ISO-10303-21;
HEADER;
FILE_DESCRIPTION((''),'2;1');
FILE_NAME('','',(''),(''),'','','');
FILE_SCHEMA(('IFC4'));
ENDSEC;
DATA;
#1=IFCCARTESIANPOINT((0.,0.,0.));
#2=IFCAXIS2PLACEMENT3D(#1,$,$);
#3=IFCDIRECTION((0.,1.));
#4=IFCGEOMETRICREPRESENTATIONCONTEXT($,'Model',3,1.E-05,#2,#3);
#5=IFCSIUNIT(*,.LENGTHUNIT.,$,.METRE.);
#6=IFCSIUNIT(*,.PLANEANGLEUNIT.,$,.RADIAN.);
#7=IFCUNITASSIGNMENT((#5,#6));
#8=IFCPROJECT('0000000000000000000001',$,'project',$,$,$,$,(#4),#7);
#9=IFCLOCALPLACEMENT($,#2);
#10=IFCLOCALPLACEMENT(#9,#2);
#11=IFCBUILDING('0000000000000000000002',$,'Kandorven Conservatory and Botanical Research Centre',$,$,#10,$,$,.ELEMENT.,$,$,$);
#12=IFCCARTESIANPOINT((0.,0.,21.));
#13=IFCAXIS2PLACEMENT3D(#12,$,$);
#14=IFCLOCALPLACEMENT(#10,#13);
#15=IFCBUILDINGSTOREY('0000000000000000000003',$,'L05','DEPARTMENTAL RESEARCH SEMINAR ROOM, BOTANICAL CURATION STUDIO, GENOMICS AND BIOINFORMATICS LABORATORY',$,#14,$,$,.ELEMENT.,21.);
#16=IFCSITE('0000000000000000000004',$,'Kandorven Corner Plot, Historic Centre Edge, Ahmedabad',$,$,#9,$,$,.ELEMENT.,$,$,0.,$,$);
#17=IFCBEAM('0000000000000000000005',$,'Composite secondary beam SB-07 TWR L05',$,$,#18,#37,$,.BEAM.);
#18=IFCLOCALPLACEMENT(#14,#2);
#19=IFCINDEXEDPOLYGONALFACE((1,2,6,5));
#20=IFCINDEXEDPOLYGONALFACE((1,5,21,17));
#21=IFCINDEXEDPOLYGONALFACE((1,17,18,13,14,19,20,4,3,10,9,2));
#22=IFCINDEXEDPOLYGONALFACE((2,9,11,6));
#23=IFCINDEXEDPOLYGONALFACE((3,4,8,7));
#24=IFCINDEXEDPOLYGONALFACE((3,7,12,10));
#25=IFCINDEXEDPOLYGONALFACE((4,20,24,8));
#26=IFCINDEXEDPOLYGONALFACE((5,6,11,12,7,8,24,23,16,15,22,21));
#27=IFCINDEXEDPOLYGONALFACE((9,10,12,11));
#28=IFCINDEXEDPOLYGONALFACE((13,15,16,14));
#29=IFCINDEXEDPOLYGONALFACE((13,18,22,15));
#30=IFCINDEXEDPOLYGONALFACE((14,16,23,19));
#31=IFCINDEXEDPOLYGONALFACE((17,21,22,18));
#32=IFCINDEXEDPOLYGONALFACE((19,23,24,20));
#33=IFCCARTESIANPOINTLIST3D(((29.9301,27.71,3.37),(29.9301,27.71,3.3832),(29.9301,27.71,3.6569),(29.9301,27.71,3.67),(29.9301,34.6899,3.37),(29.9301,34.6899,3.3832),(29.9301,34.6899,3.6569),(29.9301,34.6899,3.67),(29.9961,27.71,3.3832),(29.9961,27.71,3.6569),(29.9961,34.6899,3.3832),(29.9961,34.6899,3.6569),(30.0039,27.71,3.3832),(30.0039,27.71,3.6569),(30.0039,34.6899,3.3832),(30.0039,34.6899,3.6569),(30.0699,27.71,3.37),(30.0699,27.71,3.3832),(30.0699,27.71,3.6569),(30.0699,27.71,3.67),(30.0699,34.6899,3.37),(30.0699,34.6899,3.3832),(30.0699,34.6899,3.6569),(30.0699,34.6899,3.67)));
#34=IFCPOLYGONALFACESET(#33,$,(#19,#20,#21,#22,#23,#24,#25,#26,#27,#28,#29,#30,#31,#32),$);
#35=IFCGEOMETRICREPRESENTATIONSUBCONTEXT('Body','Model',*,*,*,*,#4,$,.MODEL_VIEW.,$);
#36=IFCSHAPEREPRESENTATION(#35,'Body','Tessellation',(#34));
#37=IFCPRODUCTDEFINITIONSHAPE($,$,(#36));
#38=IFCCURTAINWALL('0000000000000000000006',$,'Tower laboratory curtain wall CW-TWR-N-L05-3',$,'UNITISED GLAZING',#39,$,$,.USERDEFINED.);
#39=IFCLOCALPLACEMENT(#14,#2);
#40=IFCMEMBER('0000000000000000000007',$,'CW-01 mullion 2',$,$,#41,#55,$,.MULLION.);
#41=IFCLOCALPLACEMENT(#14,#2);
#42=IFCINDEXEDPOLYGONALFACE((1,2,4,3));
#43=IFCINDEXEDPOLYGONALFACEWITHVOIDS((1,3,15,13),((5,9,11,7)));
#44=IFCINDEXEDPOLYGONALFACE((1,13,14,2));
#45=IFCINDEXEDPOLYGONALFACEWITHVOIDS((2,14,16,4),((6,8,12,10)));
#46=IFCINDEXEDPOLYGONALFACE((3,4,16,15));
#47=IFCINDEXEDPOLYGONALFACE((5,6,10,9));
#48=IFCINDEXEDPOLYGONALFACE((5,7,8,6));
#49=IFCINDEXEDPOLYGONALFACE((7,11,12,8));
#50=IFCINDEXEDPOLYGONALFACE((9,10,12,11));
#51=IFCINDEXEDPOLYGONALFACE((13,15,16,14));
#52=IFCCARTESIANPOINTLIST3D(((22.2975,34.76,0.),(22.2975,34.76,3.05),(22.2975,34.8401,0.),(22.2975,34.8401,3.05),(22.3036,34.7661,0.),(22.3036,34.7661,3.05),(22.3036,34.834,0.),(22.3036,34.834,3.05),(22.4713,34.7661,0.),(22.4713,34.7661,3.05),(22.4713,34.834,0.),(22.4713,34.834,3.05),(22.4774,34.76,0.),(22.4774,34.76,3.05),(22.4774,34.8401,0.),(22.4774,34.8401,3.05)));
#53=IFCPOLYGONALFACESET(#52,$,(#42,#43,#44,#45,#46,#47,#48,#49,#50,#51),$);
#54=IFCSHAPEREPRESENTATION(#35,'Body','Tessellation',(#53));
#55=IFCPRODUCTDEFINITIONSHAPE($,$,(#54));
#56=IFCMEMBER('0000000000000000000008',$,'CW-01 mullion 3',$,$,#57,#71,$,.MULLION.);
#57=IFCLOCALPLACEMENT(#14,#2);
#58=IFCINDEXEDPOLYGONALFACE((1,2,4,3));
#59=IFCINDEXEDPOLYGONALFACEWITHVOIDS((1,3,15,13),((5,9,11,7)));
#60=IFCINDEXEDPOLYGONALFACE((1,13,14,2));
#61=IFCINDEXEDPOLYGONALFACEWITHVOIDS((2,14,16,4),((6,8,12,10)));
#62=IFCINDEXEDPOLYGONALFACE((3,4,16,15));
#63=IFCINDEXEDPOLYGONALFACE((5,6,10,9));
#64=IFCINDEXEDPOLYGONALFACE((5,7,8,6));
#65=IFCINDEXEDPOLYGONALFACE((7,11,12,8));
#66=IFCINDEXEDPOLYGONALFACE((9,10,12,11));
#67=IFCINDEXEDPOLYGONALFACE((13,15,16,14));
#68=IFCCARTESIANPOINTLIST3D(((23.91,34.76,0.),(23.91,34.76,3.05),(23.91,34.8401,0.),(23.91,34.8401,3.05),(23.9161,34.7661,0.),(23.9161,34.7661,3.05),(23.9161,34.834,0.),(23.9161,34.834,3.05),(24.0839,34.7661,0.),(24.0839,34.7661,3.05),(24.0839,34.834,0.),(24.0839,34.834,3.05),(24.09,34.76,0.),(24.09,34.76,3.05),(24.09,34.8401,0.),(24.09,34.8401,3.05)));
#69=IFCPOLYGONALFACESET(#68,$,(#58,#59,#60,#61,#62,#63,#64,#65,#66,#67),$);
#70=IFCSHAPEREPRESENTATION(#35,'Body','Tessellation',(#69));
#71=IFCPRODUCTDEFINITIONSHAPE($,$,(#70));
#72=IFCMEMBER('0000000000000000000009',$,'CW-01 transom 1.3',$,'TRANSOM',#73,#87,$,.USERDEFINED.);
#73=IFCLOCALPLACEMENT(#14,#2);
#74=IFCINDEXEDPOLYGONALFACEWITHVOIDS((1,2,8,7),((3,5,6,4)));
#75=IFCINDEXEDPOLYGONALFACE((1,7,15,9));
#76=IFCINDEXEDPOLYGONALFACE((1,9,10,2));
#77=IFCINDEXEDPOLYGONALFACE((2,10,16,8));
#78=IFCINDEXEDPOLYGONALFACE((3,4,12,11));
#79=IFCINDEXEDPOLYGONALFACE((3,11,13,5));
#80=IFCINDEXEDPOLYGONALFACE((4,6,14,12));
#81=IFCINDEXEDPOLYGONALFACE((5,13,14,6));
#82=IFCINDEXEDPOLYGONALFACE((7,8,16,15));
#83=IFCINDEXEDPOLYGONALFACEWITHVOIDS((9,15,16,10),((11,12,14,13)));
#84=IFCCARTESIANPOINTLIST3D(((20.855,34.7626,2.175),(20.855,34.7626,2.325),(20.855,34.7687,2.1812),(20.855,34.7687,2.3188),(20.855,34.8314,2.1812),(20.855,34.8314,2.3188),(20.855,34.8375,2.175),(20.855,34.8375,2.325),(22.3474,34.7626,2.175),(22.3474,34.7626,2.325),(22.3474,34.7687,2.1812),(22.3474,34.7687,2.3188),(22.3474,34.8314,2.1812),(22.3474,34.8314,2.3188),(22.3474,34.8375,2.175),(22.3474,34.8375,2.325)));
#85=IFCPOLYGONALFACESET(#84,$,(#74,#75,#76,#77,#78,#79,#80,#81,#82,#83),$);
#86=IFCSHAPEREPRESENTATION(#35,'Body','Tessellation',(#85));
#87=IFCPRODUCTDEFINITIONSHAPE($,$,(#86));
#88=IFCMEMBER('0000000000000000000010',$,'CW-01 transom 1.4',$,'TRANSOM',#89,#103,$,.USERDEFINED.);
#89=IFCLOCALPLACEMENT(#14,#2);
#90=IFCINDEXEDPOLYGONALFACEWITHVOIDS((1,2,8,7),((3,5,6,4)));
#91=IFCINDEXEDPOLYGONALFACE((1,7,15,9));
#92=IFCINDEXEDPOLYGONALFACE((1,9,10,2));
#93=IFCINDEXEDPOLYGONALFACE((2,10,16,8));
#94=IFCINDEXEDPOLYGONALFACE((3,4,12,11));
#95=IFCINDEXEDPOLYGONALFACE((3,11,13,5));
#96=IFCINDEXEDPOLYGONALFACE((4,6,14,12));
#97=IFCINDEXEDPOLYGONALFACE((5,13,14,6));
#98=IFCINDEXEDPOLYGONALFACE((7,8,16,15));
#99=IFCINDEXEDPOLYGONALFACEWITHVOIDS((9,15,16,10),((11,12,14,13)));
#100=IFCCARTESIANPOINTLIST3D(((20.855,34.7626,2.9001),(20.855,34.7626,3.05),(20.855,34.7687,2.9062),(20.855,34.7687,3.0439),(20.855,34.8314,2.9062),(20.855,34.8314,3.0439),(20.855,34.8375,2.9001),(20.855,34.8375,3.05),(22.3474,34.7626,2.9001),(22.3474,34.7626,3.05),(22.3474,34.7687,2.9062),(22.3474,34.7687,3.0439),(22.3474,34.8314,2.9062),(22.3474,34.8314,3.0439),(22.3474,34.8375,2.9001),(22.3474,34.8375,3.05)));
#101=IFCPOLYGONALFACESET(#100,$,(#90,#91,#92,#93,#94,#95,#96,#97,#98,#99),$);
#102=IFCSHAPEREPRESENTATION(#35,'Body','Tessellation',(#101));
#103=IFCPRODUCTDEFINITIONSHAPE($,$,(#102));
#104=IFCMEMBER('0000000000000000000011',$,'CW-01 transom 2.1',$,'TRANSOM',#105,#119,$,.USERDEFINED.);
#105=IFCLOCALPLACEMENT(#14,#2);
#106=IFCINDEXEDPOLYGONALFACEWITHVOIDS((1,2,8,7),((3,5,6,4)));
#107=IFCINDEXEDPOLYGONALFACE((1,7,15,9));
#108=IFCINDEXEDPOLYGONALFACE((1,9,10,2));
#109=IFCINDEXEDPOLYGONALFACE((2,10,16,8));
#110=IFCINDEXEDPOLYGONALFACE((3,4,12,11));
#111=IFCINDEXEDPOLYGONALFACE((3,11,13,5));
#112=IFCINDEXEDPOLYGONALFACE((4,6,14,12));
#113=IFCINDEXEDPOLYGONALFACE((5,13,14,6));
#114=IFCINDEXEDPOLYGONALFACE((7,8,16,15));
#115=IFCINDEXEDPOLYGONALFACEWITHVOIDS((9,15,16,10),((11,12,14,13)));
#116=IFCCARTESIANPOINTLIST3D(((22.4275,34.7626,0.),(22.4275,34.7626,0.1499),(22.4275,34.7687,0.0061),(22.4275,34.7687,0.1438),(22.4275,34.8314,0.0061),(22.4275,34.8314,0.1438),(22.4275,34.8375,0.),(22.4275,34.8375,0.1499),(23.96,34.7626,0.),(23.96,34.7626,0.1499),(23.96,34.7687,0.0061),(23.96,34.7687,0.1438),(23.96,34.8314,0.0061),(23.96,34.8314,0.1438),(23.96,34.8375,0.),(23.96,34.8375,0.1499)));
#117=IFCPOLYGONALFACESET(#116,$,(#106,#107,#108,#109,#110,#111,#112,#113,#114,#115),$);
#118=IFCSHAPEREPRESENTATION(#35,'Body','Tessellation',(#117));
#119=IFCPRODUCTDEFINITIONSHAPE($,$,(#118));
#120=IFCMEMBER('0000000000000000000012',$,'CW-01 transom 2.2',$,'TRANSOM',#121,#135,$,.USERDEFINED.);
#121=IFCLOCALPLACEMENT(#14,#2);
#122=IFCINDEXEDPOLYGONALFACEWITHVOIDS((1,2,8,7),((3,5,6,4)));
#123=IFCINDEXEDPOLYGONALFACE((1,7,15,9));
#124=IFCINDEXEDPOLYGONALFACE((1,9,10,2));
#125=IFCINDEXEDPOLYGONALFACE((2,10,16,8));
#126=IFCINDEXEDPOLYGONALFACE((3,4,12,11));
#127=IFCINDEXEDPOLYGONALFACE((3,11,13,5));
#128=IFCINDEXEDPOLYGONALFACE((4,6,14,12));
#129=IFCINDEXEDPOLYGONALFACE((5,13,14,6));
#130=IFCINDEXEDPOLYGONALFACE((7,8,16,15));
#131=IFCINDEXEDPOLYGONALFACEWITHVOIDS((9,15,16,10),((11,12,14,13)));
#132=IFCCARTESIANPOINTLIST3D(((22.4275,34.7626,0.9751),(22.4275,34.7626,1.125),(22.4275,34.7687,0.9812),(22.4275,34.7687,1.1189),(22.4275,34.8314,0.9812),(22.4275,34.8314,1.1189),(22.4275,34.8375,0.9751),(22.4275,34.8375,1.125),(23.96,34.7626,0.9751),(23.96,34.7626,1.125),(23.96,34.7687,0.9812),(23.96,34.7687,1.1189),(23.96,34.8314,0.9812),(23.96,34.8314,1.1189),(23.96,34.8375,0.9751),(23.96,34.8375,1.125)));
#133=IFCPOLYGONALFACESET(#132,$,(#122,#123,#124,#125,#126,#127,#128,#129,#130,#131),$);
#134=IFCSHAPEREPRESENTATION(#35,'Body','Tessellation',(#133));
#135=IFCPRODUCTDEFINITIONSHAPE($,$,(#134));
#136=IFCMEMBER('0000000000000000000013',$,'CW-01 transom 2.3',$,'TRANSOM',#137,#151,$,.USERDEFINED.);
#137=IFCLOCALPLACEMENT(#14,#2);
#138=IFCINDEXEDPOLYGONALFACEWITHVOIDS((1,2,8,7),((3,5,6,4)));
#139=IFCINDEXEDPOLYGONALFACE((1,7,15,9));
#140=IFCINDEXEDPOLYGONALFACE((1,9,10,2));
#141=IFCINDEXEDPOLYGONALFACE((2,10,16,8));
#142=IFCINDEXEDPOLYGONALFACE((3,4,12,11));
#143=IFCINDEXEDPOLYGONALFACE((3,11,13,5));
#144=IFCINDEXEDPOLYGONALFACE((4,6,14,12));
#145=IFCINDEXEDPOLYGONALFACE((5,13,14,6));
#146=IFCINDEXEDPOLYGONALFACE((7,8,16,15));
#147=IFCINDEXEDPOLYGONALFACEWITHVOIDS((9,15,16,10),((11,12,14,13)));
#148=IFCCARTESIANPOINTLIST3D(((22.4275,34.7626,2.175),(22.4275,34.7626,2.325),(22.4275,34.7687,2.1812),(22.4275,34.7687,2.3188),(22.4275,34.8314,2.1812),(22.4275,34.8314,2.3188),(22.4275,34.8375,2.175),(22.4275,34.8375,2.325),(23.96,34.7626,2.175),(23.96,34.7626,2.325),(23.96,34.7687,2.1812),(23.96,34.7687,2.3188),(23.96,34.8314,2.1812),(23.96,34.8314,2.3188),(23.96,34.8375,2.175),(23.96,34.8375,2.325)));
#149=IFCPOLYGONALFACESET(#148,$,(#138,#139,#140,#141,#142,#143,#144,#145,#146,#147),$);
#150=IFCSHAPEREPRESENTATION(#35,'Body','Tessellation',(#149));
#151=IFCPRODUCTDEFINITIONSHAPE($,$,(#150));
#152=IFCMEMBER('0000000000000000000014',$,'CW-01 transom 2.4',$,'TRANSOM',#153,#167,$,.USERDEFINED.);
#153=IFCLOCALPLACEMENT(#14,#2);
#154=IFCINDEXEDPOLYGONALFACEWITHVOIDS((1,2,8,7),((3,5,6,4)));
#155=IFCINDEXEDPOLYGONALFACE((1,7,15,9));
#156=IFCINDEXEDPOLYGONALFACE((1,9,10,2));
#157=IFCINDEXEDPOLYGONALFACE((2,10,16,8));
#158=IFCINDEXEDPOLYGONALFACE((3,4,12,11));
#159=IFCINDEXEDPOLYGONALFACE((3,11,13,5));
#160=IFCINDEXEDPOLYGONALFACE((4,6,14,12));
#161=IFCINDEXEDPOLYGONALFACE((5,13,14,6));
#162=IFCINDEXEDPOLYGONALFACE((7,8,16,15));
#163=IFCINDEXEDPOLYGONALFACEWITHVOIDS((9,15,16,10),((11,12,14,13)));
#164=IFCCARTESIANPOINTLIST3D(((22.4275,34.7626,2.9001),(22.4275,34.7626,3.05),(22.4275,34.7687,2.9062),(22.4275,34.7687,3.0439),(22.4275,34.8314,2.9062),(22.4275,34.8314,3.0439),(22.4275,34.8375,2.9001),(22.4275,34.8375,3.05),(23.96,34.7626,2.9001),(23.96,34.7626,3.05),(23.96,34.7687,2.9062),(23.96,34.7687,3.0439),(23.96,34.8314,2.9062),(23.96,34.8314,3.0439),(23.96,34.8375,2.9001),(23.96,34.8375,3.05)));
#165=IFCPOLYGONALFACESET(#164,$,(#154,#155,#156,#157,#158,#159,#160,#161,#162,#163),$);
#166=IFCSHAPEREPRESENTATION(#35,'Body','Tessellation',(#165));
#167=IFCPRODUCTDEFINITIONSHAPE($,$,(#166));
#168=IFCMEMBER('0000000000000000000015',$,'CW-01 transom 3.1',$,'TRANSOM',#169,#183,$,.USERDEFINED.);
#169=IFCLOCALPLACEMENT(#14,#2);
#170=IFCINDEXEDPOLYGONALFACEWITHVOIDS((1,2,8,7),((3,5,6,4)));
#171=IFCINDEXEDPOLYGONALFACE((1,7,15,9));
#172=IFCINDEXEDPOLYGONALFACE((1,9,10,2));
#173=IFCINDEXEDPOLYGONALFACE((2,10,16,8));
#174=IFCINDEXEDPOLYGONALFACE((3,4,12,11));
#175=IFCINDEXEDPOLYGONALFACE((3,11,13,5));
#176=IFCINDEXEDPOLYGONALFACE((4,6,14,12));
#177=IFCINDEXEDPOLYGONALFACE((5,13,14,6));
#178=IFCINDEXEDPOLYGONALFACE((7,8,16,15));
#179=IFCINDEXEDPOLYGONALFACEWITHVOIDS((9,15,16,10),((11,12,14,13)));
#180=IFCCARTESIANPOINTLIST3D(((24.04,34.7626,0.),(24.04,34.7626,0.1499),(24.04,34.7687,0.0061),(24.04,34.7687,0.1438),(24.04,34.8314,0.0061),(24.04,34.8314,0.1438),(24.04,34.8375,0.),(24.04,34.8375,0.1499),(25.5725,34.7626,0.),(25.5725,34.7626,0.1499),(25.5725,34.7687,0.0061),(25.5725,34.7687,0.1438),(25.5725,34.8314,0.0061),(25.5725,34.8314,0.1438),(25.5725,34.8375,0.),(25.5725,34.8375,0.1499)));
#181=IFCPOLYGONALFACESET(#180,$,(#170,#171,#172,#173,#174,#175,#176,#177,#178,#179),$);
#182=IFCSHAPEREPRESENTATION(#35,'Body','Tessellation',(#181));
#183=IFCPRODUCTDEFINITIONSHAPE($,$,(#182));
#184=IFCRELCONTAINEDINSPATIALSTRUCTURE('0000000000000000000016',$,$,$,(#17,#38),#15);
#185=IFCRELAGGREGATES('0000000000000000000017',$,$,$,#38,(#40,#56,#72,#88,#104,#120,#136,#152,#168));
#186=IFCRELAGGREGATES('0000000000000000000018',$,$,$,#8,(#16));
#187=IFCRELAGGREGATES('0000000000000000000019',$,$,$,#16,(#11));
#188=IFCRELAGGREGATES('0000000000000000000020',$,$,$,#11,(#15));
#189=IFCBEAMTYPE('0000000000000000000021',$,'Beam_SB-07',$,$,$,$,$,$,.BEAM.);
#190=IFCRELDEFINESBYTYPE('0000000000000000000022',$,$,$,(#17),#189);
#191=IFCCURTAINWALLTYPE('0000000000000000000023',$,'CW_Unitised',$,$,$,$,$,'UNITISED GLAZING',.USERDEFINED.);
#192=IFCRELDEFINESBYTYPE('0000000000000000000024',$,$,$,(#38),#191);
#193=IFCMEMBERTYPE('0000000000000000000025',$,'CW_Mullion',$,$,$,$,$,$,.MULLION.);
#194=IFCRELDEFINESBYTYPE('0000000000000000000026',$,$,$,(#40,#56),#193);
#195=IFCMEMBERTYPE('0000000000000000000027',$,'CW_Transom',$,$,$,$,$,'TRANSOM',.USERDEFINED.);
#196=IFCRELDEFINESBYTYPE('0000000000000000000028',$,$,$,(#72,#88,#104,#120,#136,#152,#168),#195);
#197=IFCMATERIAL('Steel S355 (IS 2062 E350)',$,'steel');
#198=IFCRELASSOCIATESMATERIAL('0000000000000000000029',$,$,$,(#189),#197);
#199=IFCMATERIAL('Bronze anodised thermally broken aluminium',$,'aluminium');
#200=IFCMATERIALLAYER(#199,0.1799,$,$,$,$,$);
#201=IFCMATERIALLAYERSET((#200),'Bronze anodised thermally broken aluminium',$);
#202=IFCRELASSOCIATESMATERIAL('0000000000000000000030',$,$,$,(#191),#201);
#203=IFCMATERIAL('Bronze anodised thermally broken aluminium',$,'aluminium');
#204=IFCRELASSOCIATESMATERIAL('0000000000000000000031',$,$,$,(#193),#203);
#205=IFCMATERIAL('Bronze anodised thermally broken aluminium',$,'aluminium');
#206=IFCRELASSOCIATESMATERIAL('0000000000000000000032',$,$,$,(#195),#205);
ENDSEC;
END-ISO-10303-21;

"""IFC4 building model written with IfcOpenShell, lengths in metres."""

from ifc_helpers import new_model, si_unit, direction, frame, origin, origin_2d, place, context, subcontext, project, spatial, hollow_rectangle, i_section, extrude, material, layer, layer_set, material_profile, profile_set, type_object, element, aggregate, save


model = new_model("IFC4")

# Units and contexts
model_context = context("Model", 3, precision=1e-05, world=origin(), true_north=direction((0.0, 1.0)))
body_context = subcontext(model_context, "Body", "Model", "MODEL_VIEW")
ifc_project = project(units=[si_unit("LENGTHUNIT", "METRE"), si_unit("PLANEANGLEUNIT", "RADIAN")], contexts=[model_context])

# Site, building, storey
site_placement = place(None, origin())
site = spatial("IfcSite", under=ifc_project, at=site_placement, Name="Kandorven Corner Plot, Historic Centre Edge, Ahmedabad", CompositionType="ELEMENT", RefElevation=0.0)
building_placement = place(site_placement, origin())
building = spatial("IfcBuilding", under=site, at=building_placement, Name="Kandorven Conservatory and Botanical Research Centre", CompositionType="ELEMENT")
storey_placement = place(building_placement, frame((0.0, 0.0, 21.0)))
storey = spatial("IfcBuildingStorey", under=building, at=storey_placement, Name="L05", Description="DEPARTMENTAL RESEARCH SEMINAR ROOM, BOTANICAL CURATION STUDIO, GENOMICS AND BIOINFORMATICS LABORATORY", CompositionType="ELEMENT", Elevation=21.0)

# Beam
ifc_material_1 = material(Name="Steel S355 (IS 2062 E350)", Category="steel")
ifc_material_profile_1 = material_profile(ifc_material_1, i_section(OverallWidth=0.1399, OverallDepth=0.3, WebThickness=0.0078, FlangeThickness=0.0132, at=origin_2d()))
ifc_profile_set_1 = profile_set([ifc_material_profile_1], Name="Steel S355 (IS 2062 E350)")
beam_type_1 = type_object("IfcBeamType", Name="Beam_SB-07", PredefinedType="BEAM", material=ifc_profile_set_1)
for number, where, z_axis, x_axis, name in (
    (1, (30.0, 27.71, 3.52), (0.0, 1.0, 0.0), (-1.0, 0.0, 0.0), "Composite secondary beam SB-07 TWR L05"),
):
    element("IfcBeam", number, at=place(storey_placement, frame(where, z_axis=z_axis, x_axis=x_axis)), inside=storey, type_object=beam_type_1, Name=name, PredefinedType="BEAM", context=body_context, shape_type="SweptSolid", body=[
        extrude(i_section(OverallWidth=0.1399, OverallDepth=0.3, WebThickness=0.0078, FlangeThickness=0.0132, at=origin_2d()), origin(), (0.0, 0.0, 1.0), 6.98),
    ])

# Curtain wall, members
ifc_material_2 = material(Name="Bronze anodised thermally broken aluminium", Category="aluminium")
ifc_layer_1 = layer(ifc_material_2, 0.1799)
ifc_layer_set_1 = layer_set([ifc_layer_1], Name="Bronze anodised thermally broken aluminium")
curtain_wall_type = type_object("IfcCurtainWallType", Name="CW_Unitised", ElementType="UNITISED GLAZING", PredefinedType="USERDEFINED", material=ifc_layer_set_1)
curtain_wall_placement = place(storey_placement, origin())
curtain_wall = element("IfcCurtainWall", 2, at=curtain_wall_placement, inside=storey, type_object=curtain_wall_type, Name="Tower laboratory curtain wall CW-TWR-N-L05-3", ObjectType="UNITISED GLAZING", PredefinedType="USERDEFINED")
ifc_material_3 = material(Name="Bronze anodised thermally broken aluminium", Category="aluminium")
ifc_material_profile_2 = material_profile(ifc_material_3, hollow_rectangle(XDim=0.0801, YDim=0.1799, WallThickness=0.0061, at=origin_2d()))
ifc_profile_set_2 = profile_set([ifc_material_profile_2], Name="Bronze anodised thermally broken aluminium")
member_type_1 = type_object("IfcMemberType", Name="CW_Mullion", PredefinedType="MULLION", material=ifc_profile_set_2)
member_1_placement = place(storey_placement, frame((22.3875, 34.8, 0.0), z_axis=(0.0, 0.0, 1.0), x_axis=(0.0, 1.0, 0.0)))
member_1 = element("IfcMember", 3, at=member_1_placement, type_object=member_type_1, Name="CW-01 mullion 2", PredefinedType="MULLION", context=body_context, shape_type="SweptSolid", body=[
    extrude(hollow_rectangle(XDim=0.0801, YDim=0.1799, WallThickness=0.0061, at=origin_2d()), origin(), (0.0, 0.0, 1.0), 3.05),
])
member_2_placement = place(storey_placement, frame((24.0, 34.8, 0.0), z_axis=(0.0, 0.0, 1.0), x_axis=(0.0, 1.0, 0.0)))
member_2 = element("IfcMember", 4, at=member_2_placement, type_object=member_type_1, Name="CW-01 mullion 3", PredefinedType="MULLION", context=body_context, shape_type="SweptSolid", body=[
    extrude(hollow_rectangle(XDim=0.0801, YDim=0.1799, WallThickness=0.0061, at=origin_2d()), origin(), (0.0, 0.0, 1.0), 3.05),
])
ifc_material_4 = material(Name="Bronze anodised thermally broken aluminium", Category="aluminium")
ifc_material_profile_3 = material_profile(ifc_material_4, hollow_rectangle(XDim=0.075, YDim=0.1499, WallThickness=0.0061, at=origin_2d()))
ifc_profile_set_3 = profile_set([ifc_material_profile_3], Name="Bronze anodised thermally broken aluminium")
member_type_2 = type_object("IfcMemberType", Name="CW_Transom", ElementType="TRANSOM", PredefinedType="USERDEFINED", material=ifc_profile_set_3)
member_3_placement = place(storey_placement, frame((20.855, 34.8, 2.25), z_axis=(1.0, 0.0, 0.0), x_axis=(0.0, 1.0, 0.0)))
member_3 = element("IfcMember", 5, at=member_3_placement, type_object=member_type_2, Name="CW-01 transom 1.3", ObjectType="TRANSOM", PredefinedType="USERDEFINED", context=body_context, shape_type="SweptSolid", body=[
    extrude(hollow_rectangle(XDim=0.075, YDim=0.1499, WallThickness=0.0061, at=origin_2d()), origin(), (0.0, 0.0, 1.0), 1.4924),
])
member_4_placement = place(storey_placement, frame((20.855, 34.8, 2.9751), z_axis=(1.0, 0.0, 0.0), x_axis=(0.0, 1.0, 0.0)))
member_4 = element("IfcMember", 6, at=member_4_placement, type_object=member_type_2, Name="CW-01 transom 1.4", ObjectType="TRANSOM", PredefinedType="USERDEFINED", context=body_context, shape_type="SweptSolid", body=[
    extrude(hollow_rectangle(XDim=0.075, YDim=0.1499, WallThickness=0.0061, at=origin_2d()), origin(), (0.0, 0.0, 1.0), 1.4924),
])
member_5_placement = place(storey_placement, frame((22.4275, 34.8, 0.075), z_axis=(1.0, 0.0, 0.0), x_axis=(0.0, 1.0, 0.0)))
member_5 = element("IfcMember", 7, at=member_5_placement, type_object=member_type_2, Name="CW-01 transom 2.1", ObjectType="TRANSOM", PredefinedType="USERDEFINED", context=body_context, shape_type="SweptSolid", body=[
    extrude(hollow_rectangle(XDim=0.075, YDim=0.1499, WallThickness=0.0061, at=origin_2d()), origin(), (0.0, 0.0, 1.0), 1.5325),
])
member_6_placement = place(storey_placement, frame((22.4275, 34.8, 1.05), z_axis=(1.0, 0.0, 0.0), x_axis=(0.0, 1.0, 0.0)))
member_6 = element("IfcMember", 8, at=member_6_placement, type_object=member_type_2, Name="CW-01 transom 2.2", ObjectType="TRANSOM", PredefinedType="USERDEFINED", context=body_context, shape_type="SweptSolid", body=[
    extrude(hollow_rectangle(XDim=0.075, YDim=0.1499, WallThickness=0.0061, at=origin_2d()), origin(), (0.0, 0.0, 1.0), 1.5325),
])
member_7_placement = place(storey_placement, frame((22.4275, 34.8, 2.25), z_axis=(1.0, 0.0, 0.0), x_axis=(0.0, 1.0, 0.0)))
member_7 = element("IfcMember", 9, at=member_7_placement, type_object=member_type_2, Name="CW-01 transom 2.3", ObjectType="TRANSOM", PredefinedType="USERDEFINED", context=body_context, shape_type="SweptSolid", body=[
    extrude(hollow_rectangle(XDim=0.075, YDim=0.1499, WallThickness=0.0061, at=origin_2d()), origin(), (0.0, 0.0, 1.0), 1.5325),
])
member_8_placement = place(storey_placement, frame((22.4275, 34.8, 2.9751), z_axis=(1.0, 0.0, 0.0), x_axis=(0.0, 1.0, 0.0)))
member_8 = element("IfcMember", 10, at=member_8_placement, type_object=member_type_2, Name="CW-01 transom 2.4", ObjectType="TRANSOM", PredefinedType="USERDEFINED", context=body_context, shape_type="SweptSolid", body=[
    extrude(hollow_rectangle(XDim=0.075, YDim=0.1499, WallThickness=0.0061, at=origin_2d()), origin(), (0.0, 0.0, 1.0), 1.5325),
])
member_9_placement = place(storey_placement, frame((24.04, 34.8, 0.075), z_axis=(1.0, 0.0, 0.0), x_axis=(0.0, 1.0, 0.0)))
member_9 = element("IfcMember", 11, at=member_9_placement, type_object=member_type_2, Name="CW-01 transom 3.1", ObjectType="TRANSOM", PredefinedType="USERDEFINED", context=body_context, shape_type="SweptSolid", body=[
    extrude(hollow_rectangle(XDim=0.075, YDim=0.1499, WallThickness=0.0061, at=origin_2d()), origin(), (0.0, 0.0, 1.0), 1.5325),
])
aggregate(curtain_wall, [member_1, member_2, member_3, member_4, member_5, member_6, member_7, member_8, member_9])

save(model, "model.ifc")
